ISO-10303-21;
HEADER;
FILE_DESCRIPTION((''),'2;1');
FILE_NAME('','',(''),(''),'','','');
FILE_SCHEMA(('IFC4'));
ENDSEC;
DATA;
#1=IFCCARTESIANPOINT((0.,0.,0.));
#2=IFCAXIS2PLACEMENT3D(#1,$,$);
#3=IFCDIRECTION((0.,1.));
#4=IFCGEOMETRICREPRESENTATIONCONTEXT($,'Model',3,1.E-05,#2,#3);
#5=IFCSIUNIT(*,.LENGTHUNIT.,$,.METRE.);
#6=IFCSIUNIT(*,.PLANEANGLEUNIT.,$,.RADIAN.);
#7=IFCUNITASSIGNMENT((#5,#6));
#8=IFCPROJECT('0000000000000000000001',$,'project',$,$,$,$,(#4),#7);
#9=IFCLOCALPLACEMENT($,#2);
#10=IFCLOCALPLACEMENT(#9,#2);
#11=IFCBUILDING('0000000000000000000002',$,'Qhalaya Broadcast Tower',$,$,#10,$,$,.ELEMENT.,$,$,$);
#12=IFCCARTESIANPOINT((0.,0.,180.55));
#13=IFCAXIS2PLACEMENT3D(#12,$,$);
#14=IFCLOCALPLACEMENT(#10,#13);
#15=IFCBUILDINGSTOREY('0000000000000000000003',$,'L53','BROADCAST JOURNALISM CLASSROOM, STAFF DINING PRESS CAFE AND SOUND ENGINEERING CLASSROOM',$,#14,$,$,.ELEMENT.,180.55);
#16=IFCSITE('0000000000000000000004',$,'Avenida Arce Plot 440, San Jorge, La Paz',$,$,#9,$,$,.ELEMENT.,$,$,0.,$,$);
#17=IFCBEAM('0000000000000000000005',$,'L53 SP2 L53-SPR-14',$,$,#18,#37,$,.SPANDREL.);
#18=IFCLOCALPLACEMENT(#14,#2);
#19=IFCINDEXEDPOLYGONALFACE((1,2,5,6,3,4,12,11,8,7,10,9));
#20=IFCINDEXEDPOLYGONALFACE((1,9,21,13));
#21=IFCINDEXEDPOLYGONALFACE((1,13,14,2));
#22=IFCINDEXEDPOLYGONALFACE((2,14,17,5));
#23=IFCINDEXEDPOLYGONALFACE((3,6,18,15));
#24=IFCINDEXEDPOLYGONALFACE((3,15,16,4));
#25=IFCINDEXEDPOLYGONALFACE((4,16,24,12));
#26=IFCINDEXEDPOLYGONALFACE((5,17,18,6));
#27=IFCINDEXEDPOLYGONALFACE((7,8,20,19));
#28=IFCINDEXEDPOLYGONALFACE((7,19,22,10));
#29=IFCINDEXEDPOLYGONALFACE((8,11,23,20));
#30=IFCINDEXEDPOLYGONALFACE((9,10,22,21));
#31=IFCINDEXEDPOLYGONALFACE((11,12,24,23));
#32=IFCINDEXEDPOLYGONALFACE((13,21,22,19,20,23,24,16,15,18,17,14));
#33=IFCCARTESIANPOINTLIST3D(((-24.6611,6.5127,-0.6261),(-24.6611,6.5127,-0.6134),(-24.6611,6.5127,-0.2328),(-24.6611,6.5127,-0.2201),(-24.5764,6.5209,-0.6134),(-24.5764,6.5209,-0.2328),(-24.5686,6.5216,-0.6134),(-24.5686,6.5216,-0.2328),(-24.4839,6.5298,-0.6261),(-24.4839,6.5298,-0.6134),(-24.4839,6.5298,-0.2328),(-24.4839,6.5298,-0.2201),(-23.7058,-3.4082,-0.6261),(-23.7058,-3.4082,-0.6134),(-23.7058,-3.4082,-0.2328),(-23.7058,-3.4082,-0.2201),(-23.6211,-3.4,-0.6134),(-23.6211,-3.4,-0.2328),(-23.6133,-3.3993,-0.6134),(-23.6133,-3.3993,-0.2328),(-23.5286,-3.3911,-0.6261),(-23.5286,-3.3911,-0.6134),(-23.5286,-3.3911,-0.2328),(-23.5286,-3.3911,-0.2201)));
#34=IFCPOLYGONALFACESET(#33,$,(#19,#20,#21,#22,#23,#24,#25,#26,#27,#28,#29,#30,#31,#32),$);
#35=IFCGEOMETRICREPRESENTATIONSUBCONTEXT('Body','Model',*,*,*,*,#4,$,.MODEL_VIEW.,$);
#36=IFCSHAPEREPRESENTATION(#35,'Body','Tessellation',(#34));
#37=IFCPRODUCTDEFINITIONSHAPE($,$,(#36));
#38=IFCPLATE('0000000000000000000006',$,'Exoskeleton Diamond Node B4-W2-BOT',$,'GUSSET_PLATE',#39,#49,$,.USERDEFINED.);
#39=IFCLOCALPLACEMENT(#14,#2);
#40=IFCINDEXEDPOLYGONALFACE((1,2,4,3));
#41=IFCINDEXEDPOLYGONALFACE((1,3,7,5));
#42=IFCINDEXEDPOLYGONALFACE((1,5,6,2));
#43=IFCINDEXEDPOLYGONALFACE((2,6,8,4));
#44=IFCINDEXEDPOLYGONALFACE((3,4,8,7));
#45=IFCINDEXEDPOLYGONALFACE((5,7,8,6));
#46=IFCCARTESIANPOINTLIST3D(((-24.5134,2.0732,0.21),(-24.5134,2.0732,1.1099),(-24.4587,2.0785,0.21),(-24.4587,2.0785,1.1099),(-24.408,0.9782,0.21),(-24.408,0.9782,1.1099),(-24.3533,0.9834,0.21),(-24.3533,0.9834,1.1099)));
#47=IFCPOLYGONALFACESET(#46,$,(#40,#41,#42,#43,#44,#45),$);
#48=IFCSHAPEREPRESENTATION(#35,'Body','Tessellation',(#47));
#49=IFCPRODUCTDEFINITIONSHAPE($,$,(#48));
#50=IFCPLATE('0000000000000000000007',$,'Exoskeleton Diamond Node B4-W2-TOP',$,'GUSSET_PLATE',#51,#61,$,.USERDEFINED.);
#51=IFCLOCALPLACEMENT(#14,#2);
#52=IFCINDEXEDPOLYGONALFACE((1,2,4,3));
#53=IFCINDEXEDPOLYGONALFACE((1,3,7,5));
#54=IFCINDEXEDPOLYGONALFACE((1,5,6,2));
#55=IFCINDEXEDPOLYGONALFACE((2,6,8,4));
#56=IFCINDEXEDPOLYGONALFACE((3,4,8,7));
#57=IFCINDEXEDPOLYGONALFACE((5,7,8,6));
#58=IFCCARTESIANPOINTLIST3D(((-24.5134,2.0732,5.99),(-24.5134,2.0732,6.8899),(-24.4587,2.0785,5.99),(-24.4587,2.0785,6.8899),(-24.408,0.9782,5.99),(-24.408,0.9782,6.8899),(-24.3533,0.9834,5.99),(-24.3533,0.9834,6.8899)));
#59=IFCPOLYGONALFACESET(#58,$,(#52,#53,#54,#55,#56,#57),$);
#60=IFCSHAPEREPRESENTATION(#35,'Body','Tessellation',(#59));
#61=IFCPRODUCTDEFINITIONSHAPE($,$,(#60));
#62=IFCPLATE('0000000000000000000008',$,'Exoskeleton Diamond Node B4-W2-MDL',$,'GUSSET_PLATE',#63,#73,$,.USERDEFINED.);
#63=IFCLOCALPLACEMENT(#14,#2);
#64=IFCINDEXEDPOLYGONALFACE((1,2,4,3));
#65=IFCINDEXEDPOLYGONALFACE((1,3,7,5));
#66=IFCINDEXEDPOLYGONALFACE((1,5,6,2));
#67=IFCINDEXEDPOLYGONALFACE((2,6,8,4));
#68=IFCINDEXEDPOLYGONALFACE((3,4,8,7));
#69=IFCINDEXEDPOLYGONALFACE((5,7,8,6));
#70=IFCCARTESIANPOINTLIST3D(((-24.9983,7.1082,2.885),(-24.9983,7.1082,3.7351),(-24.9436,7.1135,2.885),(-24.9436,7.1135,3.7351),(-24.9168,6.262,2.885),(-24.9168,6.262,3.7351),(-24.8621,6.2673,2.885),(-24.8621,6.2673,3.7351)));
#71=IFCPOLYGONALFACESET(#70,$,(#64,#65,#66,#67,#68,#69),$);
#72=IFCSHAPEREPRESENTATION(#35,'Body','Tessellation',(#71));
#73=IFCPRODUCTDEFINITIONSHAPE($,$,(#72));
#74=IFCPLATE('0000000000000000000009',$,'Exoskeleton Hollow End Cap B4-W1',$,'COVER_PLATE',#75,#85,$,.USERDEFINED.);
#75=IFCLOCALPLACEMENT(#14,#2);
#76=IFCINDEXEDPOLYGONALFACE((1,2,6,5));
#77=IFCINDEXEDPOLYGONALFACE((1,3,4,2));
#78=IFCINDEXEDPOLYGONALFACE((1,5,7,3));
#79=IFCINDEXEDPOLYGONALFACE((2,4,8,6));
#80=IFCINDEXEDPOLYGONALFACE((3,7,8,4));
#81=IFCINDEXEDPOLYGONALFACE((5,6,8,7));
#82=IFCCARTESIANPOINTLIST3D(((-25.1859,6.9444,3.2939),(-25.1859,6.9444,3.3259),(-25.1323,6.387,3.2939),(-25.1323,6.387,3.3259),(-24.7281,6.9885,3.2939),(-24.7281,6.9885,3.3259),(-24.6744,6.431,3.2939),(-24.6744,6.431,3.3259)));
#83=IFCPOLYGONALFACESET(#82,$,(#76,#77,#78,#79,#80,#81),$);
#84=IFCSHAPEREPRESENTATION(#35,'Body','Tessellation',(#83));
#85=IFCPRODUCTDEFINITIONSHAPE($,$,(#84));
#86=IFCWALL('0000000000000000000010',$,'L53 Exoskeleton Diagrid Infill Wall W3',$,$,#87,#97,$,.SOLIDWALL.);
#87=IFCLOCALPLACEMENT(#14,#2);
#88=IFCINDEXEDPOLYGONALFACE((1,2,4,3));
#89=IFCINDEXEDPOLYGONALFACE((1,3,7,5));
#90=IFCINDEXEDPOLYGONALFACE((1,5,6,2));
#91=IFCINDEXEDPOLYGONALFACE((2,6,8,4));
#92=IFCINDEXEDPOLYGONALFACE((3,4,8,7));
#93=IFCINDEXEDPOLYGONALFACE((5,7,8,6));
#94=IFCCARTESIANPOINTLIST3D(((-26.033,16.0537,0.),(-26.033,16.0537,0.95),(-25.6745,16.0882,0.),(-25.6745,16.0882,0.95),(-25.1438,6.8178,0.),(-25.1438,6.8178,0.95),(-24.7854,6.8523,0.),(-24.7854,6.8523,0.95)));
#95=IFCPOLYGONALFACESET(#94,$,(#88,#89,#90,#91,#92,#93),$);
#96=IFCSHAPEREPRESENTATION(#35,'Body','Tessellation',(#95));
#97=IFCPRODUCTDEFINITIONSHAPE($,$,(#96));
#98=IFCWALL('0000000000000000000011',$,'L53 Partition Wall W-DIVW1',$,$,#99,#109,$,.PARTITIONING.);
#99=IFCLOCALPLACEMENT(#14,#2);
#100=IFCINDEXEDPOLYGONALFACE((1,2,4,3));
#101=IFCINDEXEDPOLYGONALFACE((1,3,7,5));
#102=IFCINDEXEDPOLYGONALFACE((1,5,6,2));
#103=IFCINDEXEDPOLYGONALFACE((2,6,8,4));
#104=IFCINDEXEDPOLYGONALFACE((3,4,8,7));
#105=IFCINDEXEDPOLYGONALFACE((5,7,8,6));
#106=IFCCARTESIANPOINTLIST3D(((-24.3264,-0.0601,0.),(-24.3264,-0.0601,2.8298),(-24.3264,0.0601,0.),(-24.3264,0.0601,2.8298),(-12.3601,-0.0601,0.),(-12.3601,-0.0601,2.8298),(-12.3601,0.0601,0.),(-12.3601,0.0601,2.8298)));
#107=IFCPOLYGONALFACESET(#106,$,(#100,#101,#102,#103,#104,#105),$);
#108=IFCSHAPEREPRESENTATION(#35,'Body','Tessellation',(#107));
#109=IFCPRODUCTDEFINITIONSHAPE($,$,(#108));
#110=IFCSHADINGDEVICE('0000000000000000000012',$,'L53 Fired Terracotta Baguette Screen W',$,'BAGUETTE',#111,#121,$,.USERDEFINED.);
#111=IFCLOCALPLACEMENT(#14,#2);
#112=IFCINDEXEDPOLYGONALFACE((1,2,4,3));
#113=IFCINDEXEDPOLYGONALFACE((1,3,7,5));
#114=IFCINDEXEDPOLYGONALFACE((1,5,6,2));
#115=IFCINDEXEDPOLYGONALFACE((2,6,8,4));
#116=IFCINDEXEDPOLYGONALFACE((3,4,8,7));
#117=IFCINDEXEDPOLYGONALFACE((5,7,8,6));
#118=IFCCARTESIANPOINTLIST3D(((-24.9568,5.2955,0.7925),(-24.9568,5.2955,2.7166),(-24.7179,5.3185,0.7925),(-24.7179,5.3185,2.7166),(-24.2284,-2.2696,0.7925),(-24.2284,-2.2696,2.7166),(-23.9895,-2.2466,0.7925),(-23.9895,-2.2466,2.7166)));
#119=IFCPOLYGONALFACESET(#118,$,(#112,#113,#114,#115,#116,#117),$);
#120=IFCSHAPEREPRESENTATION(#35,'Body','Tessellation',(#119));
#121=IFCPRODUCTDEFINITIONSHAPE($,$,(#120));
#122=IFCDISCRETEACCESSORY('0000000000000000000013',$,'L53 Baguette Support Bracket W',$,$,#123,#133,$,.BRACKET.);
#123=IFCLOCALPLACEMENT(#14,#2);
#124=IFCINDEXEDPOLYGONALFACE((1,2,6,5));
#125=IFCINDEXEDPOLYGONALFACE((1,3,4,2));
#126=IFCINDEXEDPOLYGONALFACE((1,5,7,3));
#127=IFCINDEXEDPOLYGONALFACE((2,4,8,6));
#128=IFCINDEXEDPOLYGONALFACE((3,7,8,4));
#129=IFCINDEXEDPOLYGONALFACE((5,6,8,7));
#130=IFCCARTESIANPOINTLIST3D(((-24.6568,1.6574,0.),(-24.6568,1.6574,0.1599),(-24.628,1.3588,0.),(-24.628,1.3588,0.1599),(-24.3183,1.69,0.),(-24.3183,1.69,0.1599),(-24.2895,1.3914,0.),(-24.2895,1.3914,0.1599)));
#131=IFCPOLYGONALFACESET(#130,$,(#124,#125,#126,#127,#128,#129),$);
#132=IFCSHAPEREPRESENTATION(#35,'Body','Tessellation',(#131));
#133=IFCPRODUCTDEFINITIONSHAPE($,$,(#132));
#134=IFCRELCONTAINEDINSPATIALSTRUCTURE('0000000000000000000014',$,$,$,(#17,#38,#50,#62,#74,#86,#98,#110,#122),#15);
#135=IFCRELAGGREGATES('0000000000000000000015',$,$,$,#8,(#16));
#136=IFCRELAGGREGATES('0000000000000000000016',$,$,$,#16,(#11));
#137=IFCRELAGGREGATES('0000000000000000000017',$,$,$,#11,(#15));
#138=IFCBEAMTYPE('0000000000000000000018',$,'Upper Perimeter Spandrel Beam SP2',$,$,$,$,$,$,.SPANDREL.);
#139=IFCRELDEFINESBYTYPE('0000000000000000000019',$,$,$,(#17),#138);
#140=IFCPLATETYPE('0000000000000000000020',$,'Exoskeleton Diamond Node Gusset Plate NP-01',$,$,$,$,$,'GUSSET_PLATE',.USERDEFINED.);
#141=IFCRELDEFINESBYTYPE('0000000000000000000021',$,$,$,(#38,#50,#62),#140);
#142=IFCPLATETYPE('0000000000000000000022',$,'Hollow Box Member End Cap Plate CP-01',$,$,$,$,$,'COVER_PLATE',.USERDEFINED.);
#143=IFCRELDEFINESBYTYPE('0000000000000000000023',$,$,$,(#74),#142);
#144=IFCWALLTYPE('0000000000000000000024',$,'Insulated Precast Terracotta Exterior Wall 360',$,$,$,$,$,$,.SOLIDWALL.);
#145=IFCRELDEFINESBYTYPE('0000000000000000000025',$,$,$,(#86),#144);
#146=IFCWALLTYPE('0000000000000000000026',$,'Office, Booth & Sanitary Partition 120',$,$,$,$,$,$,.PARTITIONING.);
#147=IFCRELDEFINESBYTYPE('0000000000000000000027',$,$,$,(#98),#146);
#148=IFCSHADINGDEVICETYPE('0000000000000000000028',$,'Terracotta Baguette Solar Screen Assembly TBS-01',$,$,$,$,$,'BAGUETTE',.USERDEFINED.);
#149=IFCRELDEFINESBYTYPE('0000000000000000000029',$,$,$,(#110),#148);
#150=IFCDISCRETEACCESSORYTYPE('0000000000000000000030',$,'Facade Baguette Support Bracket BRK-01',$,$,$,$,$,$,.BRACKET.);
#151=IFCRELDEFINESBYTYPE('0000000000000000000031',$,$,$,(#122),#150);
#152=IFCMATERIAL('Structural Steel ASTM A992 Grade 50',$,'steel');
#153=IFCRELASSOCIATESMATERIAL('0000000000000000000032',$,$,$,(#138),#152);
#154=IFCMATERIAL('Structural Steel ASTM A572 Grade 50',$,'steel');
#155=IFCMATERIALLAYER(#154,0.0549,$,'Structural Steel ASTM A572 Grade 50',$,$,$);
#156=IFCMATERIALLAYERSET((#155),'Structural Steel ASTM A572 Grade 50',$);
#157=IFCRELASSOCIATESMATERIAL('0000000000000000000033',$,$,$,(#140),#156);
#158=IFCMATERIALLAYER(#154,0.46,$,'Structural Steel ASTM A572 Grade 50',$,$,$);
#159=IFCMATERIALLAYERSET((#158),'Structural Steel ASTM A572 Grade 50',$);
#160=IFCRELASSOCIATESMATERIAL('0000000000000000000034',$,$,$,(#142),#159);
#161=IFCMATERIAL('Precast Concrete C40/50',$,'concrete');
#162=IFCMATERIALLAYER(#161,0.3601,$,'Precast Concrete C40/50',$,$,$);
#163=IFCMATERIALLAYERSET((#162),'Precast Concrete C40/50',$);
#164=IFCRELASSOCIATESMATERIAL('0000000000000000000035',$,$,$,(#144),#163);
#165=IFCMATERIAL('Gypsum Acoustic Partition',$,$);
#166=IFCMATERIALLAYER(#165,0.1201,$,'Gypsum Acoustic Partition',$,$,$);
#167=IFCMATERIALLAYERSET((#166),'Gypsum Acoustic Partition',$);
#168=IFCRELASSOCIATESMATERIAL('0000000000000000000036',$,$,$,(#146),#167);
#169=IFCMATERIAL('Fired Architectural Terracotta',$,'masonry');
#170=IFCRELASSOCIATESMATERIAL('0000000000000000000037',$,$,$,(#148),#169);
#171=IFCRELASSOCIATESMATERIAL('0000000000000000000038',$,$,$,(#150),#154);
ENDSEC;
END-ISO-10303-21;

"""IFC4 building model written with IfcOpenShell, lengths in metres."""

from ifc_helpers import new_model, si_unit, direction, frame, frame_2d, origin, origin_2d, place, context, subcontext, project, spatial, rectangle, i_section, extrude, material, layer, layer_set, material_profile, profile_set, type_object, element, save


model = new_model("IFC4")

# Units and contexts
model_context = context("Model", 3, precision=1e-05, world=origin(), true_north=direction((0.0, 1.0)))
body_context = subcontext(model_context, "Body", "Model", "MODEL_VIEW")
ifc_project = project(units=[si_unit("LENGTHUNIT", "METRE"), si_unit("PLANEANGLEUNIT", "RADIAN")], contexts=[model_context])

# Site, building, storey
site_placement = place(None, origin())
site = spatial("IfcSite", under=ifc_project, at=site_placement, Name="Avenida Arce Plot 440, San Jorge, La Paz", CompositionType="ELEMENT", RefElevation=0.0)
building_placement = place(site_placement, origin())
building = spatial("IfcBuilding", under=site, at=building_placement, Name="Qhalaya Broadcast Tower", CompositionType="ELEMENT")
storey_placement = place(building_placement, frame((0.0, 0.0, 180.55)))
storey = spatial("IfcBuildingStorey", under=building, at=storey_placement, Name="L53", Description="BROADCAST JOURNALISM CLASSROOM, STAFF DINING PRESS CAFE AND SOUND ENGINEERING CLASSROOM", CompositionType="ELEMENT", Elevation=180.55)

# Shared definitions
ifc_material_1 = material(Name="Structural Steel ASTM A572 Grade 50", Category="steel")

# Shared definitions
ifc_material_2 = material(Name="Structural Steel ASTM A992 Grade 50", Category="steel")

# Beam
ifc_material_profile_1 = material_profile(ifc_material_2, i_section(OverallWidth=0.178, OverallDepth=0.406, WebThickness=0.0078, FlangeThickness=0.0127, at=origin_2d()), Name="W16X40")
ifc_profile_set_1 = profile_set([ifc_material_profile_1], Name="Structural Steel ASTM A992 Grade 50")
beam_type_1 = type_object("IfcBeamType", Name="Upper Perimeter Spandrel Beam SP2", PredefinedType="SPANDREL", material=ifc_profile_set_1)
beam_1_placement = place(storey_placement, frame((-24.5725, 6.5212, -0.4231), z_axis=(0.095851, -0.995396, 0.0), x_axis=(0.995396, 0.095851, 0.0)))
element("IfcBeam", 1, at=beam_1_placement, inside=storey, type_object=beam_type_1, Name="L53 SP2 L53-SPR-14", PredefinedType="SPANDREL", context=body_context, shape_type="SweptSolid", body=[
    extrude(i_section(OverallWidth=0.178, OverallDepth=0.406, WebThickness=0.0078, FlangeThickness=0.0127, at=origin_2d()), origin(), (0.0, 0.0, 1.0), 9.9668),
])

# Plates
ifc_layer_1 = layer(ifc_material_1, 0.0549, Name="Structural Steel ASTM A572 Grade 50")
ifc_layer_set_1 = layer_set([ifc_layer_1], Name="Structural Steel ASTM A572 Grade 50")
plate_type_1 = type_object("IfcPlateType", Name="Exoskeleton Diamond Node Gusset Plate NP-01", ElementType="GUSSET_PLATE", PredefinedType="USERDEFINED", material=ifc_layer_set_1)
for number, where, z_axis, x_axis, name in (
    (2, (-24.4333, 1.5283, 0.21), (0.0, 0.0, 1.0), (-0.095846, 0.995396, 0.0), "Exoskeleton Diamond Node B4-W2-BOT"),
    (3, (-24.4333, 1.5283, 5.99), (0.0, 0.0, 1.0), (-0.095846, 0.995396, 0.0), "Exoskeleton Diamond Node B4-W2-TOP"),
):
    element("IfcPlate", number, at=place(storey_placement, frame(where, z_axis=z_axis, x_axis=x_axis)), inside=storey, type_object=plate_type_1, Name=name, ObjectType="GUSSET_PLATE", PredefinedType="USERDEFINED", context=body_context, shape_type="SweptSolid", body=[
        extrude(rectangle(XDim=1.1001, YDim=0.0549, at=origin_2d()), origin(), (0.0, 0.0, 1.0), 0.8999),
    ])
plate_1_placement = place(storey_placement, frame((-24.9302, 6.6877, 2.885), z_axis=(0.0, 0.0, 1.0), x_axis=(-0.095846, 0.995396, 0.0)))
element("IfcPlate", 4, at=plate_1_placement, inside=storey, type_object=plate_type_1, Name="Exoskeleton Diamond Node B4-W2-MDL", ObjectType="GUSSET_PLATE", PredefinedType="USERDEFINED", context=body_context, shape_type="SweptSolid", body=[
    extrude(rectangle(XDim=0.8501, YDim=0.0549, at=origin_2d()), origin(), (0.0, 0.0, 1.0), 0.8501),
])
ifc_layer_2 = layer(ifc_material_1, 0.46, Name="Structural Steel ASTM A572 Grade 50")
ifc_layer_set_2 = layer_set([ifc_layer_2], Name="Structural Steel ASTM A572 Grade 50")
plate_type_2 = type_object("IfcPlateType", Name="Hollow Box Member End Cap Plate CP-01", ElementType="COVER_PLATE", PredefinedType="USERDEFINED", material=ifc_layer_set_2)
plate_2_placement = place(storey_placement, frame((-24.9302, 6.6877, 3.2939), z_axis=(0.0, 0.0, 1.0), x_axis=(-0.095846, 0.995396, 0.0)))
element("IfcPlate", 5, at=plate_2_placement, inside=storey, type_object=plate_type_2, Name="Exoskeleton Hollow End Cap B4-W1", ObjectType="COVER_PLATE", PredefinedType="USERDEFINED", context=body_context, shape_type="SweptSolid", body=[
    extrude(rectangle(XDim=0.5601, YDim=0.46, at=origin_2d()), origin(), (0.0, 0.0, 1.0), 0.032),
])

# Walls
ifc_material_3 = material(Name="Precast Concrete C40/50", Category="concrete")
ifc_layer_3 = layer(ifc_material_3, 0.3601, Name="Precast Concrete C40/50")
ifc_layer_set_3 = layer_set([ifc_layer_3], Name="Precast Concrete C40/50")
wall_type_1 = type_object("IfcWallType", Name="Insulated Precast Terracotta Exterior Wall 360", PredefinedType="SOLIDWALL", material=ifc_layer_set_3)
wall_1_placement = place(storey_placement, frame((-24.9646, 6.8352, 0.0), z_axis=(0.0, 0.0, 1.0), x_axis=(-0.09583, 0.995398, 0.0)))
element("IfcWall", 6, at=wall_1_placement, inside=storey, type_object=wall_type_1, Name="L53 Exoskeleton Diagrid Infill Wall W3", PredefinedType="SOLIDWALL", context=body_context, shape_type="SweptSolid", body=[
    extrude(rectangle(XDim=9.2786, YDim=0.3601, at=frame_2d((4.6392, 0.0))), origin(), (0.0, 0.0, 1.0), 0.95),
])
ifc_material_4 = material(Name="Gypsum Acoustic Partition")
ifc_layer_4 = layer(ifc_material_4, 0.1201, Name="Gypsum Acoustic Partition")
ifc_layer_set_4 = layer_set([ifc_layer_4], Name="Gypsum Acoustic Partition")
wall_type_2 = type_object("IfcWallType", Name="Office, Booth & Sanitary Partition 120", PredefinedType="PARTITIONING", material=ifc_layer_set_4)
wall_2_placement = place(storey_placement, frame((-24.3264, 0.0, 0.0), z_axis=(0.0, 0.0, 1.0), x_axis=(1.0, 0.0, 0.0)))
element("IfcWall", 7, at=wall_2_placement, inside=storey, type_object=wall_type_2, Name="L53 Partition Wall W-DIVW1", PredefinedType="PARTITIONING", context=body_context, shape_type="SweptSolid", body=[
    extrude(rectangle(XDim=11.9663, YDim=0.1201, at=frame_2d((5.9832, 0.0))), origin(), (0.0, 0.0, 1.0), 2.8298),
])

# Shading device
ifc_material_5 = material(Name="Fired Architectural Terracotta", Category="masonry")
shading_device_type = type_object("IfcShadingDeviceType", Name="Terracotta Baguette Solar Screen Assembly TBS-01", ElementType="BAGUETTE", PredefinedType="USERDEFINED", material=ifc_material_5)
shading_device_placement = place(storey_placement, frame((-24.4731, 1.5244, 0.7925), z_axis=(0.0, 0.0, 1.0), x_axis=(0.095846, -0.995396, 0.0)))
element("IfcShadingDevice", 8, at=shading_device_placement, inside=storey, type_object=shading_device_type, Name="L53 Fired Terracotta Baguette Screen W", ObjectType="BAGUETTE", PredefinedType="USERDEFINED", context=body_context, shape_type="SweptSolid", body=[
    extrude(rectangle(XDim=7.6001, YDim=0.24, at=origin_2d()), origin(), (0.0, 0.0, 1.0), 1.9241),
])

# Discrete accessory
discrete_accessory_type = type_object("IfcDiscreteAccessoryType", Name="Facade Baguette Support Bracket BRK-01", PredefinedType="BRACKET", material=ifc_material_1)
discrete_accessory_placement = place(storey_placement, frame((-24.4731, 1.5244, 0.0), z_axis=(0.0, 0.0, 1.0), x_axis=(0.095846, -0.995396, 0.0)))
element("IfcDiscreteAccessory", 9, at=discrete_accessory_placement, inside=storey, type_object=discrete_accessory_type, Name="L53 Baguette Support Bracket W", PredefinedType="BRACKET", context=body_context, shape_type="SweptSolid", body=[
    extrude(rectangle(XDim=0.3, YDim=0.3401, at=origin_2d()), origin(), (0.0, 0.0, 1.0), 0.1599),
])

save(model, "model.ifc")
